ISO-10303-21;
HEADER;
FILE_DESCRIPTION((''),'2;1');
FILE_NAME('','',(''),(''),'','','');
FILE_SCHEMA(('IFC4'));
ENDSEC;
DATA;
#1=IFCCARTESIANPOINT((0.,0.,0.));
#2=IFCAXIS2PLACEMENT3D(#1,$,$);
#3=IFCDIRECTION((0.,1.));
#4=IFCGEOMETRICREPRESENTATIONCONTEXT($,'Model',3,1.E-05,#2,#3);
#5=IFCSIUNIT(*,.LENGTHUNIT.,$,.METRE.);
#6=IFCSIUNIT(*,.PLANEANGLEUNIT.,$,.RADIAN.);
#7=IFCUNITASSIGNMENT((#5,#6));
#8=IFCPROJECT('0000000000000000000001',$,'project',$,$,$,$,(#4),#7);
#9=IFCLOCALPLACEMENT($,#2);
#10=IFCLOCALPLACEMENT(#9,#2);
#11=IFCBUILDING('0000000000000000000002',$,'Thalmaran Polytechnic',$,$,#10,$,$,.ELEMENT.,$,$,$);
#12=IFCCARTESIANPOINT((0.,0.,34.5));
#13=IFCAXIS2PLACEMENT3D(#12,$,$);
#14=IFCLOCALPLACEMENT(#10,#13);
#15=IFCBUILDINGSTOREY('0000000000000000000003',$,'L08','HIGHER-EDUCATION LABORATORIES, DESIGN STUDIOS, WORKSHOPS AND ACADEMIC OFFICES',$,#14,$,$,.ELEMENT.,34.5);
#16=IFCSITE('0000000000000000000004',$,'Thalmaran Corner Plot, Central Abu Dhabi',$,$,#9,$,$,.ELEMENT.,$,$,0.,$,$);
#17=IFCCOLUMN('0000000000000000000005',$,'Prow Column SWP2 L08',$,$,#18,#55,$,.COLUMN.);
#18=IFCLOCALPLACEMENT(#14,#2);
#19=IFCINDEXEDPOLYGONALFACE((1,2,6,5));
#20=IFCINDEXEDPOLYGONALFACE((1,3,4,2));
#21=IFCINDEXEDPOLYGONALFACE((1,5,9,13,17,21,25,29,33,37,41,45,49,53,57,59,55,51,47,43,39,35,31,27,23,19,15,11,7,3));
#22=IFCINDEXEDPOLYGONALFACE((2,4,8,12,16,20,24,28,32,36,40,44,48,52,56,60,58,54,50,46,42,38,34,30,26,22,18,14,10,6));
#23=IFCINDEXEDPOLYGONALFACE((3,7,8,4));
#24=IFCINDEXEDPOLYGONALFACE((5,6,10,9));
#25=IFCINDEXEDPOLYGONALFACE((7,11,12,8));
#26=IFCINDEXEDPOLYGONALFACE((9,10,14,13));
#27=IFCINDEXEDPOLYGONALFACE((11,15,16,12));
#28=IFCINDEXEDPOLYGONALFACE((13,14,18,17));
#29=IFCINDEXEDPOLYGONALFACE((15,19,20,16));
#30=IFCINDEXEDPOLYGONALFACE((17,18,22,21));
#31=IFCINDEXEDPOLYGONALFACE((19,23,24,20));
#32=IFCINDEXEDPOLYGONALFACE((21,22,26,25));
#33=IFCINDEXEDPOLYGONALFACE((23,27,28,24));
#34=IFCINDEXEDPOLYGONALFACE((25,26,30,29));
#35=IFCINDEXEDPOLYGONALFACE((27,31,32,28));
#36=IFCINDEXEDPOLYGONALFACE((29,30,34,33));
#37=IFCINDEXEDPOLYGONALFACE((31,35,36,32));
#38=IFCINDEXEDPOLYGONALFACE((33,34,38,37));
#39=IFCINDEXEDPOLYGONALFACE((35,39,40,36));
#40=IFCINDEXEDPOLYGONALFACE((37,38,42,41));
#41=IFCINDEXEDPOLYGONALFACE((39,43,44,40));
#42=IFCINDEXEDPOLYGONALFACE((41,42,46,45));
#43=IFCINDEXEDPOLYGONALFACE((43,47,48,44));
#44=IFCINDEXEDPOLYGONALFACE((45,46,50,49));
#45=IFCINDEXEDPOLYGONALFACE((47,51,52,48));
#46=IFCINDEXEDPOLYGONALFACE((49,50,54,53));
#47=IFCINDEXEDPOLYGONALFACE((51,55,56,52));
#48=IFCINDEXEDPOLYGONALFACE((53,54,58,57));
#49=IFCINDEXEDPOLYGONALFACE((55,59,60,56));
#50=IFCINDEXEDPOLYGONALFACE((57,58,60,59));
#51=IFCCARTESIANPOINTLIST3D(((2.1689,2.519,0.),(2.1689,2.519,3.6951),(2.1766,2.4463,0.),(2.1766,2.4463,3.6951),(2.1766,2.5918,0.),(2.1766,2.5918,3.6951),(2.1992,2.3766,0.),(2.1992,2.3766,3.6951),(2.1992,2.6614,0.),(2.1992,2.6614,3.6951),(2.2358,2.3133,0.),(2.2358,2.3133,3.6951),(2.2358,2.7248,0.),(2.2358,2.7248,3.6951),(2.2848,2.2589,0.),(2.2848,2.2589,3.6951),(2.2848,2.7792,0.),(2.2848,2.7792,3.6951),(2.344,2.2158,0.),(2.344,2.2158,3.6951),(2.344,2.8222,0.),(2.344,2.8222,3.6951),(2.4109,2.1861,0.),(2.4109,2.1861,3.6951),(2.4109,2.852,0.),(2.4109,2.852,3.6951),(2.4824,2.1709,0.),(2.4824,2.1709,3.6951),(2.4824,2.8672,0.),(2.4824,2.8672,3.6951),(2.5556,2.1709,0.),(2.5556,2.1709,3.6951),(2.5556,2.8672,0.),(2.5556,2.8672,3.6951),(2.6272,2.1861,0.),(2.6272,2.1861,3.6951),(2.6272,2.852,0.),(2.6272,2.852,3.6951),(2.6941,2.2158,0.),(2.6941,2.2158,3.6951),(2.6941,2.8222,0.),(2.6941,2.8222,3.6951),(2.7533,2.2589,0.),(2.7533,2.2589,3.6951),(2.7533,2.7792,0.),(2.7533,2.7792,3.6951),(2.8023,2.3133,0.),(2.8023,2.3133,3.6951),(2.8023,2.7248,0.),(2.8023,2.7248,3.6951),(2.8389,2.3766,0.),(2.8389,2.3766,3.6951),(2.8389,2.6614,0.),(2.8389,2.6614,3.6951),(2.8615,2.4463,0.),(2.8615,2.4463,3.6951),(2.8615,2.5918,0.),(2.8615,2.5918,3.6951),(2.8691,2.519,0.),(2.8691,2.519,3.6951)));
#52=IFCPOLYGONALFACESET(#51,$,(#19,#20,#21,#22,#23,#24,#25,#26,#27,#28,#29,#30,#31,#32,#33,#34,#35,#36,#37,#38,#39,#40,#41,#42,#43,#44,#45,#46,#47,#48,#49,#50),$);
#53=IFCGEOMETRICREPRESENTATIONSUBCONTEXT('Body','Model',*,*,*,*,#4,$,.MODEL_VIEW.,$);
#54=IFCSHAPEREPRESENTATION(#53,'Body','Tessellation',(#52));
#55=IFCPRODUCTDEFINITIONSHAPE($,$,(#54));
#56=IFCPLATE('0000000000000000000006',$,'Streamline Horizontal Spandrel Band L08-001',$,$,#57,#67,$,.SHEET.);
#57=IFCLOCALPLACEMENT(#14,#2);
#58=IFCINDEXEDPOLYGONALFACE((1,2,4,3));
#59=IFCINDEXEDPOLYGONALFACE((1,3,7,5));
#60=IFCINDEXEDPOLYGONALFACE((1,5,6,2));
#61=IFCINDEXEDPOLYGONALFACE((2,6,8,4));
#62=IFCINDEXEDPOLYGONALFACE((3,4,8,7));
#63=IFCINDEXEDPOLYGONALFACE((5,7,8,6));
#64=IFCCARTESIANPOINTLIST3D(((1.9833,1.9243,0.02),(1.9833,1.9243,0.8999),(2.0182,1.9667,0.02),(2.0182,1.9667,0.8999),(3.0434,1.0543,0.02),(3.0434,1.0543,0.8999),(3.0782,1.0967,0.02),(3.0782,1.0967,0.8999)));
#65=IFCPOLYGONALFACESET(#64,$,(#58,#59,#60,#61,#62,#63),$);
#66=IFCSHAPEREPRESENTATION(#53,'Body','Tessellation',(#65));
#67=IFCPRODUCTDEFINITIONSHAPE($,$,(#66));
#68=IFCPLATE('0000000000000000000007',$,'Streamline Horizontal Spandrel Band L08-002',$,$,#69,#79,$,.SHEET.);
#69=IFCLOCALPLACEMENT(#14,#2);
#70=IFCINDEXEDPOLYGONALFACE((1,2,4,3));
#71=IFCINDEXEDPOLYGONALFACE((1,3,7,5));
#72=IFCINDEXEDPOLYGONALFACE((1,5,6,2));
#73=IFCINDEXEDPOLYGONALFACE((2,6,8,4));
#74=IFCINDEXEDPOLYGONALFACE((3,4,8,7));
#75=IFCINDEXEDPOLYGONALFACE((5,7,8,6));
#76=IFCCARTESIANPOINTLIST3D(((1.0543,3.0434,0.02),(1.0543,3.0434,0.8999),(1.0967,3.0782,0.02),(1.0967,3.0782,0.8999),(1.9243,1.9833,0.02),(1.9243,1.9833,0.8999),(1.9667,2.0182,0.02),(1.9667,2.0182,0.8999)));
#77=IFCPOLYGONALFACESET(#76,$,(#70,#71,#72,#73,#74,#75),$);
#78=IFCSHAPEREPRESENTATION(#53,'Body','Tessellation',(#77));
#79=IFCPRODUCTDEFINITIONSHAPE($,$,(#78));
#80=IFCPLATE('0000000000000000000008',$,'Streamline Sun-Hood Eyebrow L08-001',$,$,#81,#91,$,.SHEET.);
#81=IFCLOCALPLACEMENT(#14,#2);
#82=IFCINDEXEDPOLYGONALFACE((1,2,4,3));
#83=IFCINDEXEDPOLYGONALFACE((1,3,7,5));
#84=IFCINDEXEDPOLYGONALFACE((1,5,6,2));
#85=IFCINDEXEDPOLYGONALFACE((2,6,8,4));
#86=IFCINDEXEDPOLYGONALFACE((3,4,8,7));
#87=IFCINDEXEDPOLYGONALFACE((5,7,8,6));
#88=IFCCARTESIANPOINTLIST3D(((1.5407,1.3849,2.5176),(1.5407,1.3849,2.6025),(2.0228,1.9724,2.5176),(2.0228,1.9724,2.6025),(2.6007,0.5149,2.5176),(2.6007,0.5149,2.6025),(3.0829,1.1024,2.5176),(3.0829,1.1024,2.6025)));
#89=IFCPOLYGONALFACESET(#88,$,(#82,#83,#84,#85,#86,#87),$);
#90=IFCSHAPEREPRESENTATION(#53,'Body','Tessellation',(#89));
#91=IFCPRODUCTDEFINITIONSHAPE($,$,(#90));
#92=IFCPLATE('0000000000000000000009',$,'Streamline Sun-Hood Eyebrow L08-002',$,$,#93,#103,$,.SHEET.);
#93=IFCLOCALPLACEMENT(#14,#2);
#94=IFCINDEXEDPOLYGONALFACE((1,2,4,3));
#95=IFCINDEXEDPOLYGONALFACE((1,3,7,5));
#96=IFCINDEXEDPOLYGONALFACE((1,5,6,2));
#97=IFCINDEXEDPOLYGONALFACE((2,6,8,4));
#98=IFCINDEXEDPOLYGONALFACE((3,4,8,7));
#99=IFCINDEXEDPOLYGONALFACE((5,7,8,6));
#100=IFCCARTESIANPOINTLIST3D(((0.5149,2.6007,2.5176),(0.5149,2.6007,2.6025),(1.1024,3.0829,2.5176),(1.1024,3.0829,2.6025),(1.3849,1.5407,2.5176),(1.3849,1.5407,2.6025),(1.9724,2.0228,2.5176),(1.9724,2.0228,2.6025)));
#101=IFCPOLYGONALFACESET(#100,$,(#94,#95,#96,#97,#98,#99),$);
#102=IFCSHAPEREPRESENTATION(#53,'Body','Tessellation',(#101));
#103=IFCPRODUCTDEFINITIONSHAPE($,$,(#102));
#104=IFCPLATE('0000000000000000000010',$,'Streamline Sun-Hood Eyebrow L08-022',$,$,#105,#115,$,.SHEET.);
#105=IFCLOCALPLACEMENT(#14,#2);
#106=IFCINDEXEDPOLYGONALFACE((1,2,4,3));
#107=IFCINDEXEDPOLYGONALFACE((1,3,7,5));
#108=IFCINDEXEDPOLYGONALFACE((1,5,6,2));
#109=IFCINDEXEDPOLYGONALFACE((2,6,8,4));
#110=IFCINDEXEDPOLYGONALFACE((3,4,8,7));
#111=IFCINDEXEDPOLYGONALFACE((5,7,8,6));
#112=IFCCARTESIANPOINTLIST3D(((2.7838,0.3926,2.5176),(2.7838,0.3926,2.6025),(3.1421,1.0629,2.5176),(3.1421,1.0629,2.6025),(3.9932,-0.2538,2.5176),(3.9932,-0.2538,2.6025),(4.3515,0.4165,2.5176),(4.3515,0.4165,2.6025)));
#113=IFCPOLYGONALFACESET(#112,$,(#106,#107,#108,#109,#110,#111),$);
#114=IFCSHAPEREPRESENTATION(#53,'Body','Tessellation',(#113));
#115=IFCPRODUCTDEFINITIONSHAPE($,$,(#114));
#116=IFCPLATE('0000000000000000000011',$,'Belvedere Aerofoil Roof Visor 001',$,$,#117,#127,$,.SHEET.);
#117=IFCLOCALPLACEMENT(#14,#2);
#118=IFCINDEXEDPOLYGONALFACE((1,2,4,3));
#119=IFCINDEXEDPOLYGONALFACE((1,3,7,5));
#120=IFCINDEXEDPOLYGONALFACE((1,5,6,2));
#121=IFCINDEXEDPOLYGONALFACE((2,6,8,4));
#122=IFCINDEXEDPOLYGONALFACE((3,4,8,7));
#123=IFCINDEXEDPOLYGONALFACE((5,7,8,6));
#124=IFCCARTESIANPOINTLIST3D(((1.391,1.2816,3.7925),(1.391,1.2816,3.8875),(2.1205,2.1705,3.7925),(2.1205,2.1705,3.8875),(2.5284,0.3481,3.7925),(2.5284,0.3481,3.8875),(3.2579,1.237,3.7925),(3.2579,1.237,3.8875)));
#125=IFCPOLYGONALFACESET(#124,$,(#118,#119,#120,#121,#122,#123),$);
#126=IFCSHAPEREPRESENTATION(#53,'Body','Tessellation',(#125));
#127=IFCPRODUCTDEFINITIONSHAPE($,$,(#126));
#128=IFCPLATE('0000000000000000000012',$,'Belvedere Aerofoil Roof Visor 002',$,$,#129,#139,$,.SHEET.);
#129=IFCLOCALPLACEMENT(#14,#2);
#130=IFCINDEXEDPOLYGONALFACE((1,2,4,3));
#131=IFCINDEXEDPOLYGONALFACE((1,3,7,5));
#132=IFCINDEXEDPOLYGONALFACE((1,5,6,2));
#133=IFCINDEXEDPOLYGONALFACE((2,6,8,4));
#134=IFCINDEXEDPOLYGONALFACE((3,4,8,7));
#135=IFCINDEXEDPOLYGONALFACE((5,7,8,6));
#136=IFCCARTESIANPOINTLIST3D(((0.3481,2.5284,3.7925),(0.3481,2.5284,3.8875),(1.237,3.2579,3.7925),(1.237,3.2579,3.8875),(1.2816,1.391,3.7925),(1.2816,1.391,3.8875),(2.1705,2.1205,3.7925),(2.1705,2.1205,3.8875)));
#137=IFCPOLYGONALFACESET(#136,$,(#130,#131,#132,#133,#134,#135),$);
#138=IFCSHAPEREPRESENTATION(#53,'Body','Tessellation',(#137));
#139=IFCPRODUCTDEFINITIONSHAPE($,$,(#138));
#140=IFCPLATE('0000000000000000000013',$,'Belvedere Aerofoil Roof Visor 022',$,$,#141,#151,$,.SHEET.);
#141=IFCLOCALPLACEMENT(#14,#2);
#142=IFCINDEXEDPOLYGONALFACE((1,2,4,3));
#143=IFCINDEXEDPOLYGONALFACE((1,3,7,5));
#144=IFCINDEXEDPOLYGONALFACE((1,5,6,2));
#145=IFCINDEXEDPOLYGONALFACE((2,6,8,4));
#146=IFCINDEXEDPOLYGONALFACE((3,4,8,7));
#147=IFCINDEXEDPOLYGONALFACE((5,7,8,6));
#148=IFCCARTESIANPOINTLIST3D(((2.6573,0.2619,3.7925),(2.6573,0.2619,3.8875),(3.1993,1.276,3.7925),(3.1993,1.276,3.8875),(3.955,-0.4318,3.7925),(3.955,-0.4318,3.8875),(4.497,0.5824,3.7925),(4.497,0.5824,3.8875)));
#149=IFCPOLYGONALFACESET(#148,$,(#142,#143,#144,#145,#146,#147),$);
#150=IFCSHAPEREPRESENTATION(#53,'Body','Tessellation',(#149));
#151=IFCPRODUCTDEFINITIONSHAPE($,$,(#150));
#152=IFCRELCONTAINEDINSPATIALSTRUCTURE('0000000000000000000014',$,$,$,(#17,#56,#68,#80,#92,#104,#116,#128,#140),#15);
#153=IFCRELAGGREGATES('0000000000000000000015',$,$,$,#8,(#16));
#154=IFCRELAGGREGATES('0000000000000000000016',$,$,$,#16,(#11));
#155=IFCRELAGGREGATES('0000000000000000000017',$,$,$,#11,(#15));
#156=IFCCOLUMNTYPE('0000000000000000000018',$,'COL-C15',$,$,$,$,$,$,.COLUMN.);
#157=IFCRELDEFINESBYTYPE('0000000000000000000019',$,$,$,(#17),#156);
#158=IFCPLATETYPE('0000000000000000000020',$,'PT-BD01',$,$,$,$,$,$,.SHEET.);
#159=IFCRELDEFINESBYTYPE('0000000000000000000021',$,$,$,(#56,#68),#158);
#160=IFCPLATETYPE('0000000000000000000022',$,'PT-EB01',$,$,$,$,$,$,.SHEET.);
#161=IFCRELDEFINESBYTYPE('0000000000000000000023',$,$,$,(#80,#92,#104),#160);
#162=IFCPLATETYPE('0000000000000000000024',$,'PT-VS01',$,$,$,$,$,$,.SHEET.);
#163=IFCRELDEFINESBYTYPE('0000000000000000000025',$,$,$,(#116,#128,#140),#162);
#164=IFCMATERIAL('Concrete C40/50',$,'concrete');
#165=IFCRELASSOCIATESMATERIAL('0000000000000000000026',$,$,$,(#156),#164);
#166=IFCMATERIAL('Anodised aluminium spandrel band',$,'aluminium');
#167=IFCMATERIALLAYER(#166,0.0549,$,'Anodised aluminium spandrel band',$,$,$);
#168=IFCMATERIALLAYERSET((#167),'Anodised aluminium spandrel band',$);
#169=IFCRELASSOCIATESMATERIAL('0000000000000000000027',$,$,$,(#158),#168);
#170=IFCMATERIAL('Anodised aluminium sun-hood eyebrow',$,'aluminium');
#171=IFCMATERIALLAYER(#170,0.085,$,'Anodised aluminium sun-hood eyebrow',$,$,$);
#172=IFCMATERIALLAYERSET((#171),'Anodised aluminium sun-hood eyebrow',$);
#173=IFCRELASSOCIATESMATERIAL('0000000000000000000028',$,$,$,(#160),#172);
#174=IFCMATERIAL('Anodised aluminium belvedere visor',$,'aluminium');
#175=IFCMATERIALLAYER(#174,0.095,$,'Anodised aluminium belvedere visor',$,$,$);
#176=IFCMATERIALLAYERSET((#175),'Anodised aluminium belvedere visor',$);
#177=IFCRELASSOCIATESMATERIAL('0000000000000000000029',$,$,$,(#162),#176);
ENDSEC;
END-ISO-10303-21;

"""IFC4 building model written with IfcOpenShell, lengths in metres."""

from ifc_helpers import new_model, si_unit, direction, frame, origin, origin_2d, place, context, subcontext, project, spatial, rectangle, circle, extrude, material, layer, layer_set, material_profile, profile_set, type_object, element, save


model = new_model("IFC4")

# Units and contexts
model_context = context("Model", 3, precision=1e-05, world=origin(), true_north=direction((0.0, 1.0)))
body_context = subcontext(model_context, "Body", "Model", "MODEL_VIEW")
ifc_project = project(units=[si_unit("LENGTHUNIT", "METRE"), si_unit("PLANEANGLEUNIT", "RADIAN")], contexts=[model_context])

# Site, building, storey
site_placement = place(None, origin())
site = spatial("IfcSite", under=ifc_project, at=site_placement, Name="Thalmaran Corner Plot, Central Abu Dhabi", CompositionType="ELEMENT", RefElevation=0.0)
building_placement = place(site_placement, origin())
building = spatial("IfcBuilding", under=site, at=building_placement, Name="Thalmaran Polytechnic", CompositionType="ELEMENT")
storey_placement = place(building_placement, frame((0.0, 0.0, 34.5)))
storey = spatial("IfcBuildingStorey", under=building, at=storey_placement, Name="L08", Description="HIGHER-EDUCATION LABORATORIES, DESIGN STUDIOS, WORKSHOPS AND ACADEMIC OFFICES", CompositionType="ELEMENT", Elevation=34.5)

# Column
ifc_material_1 = material(Name="Concrete C40/50", Category="concrete")
ifc_material_profile = material_profile(ifc_material_1, circle(Radius=0.3501, at=origin_2d()), Name="RC 700 DIA")
ifc_profile_set = profile_set([ifc_material_profile], Name="Concrete C40/50")
column_type = type_object("IfcColumnType", Name="COL-C15", PredefinedType="COLUMN", material=ifc_profile_set)
column_placement = place(storey_placement, frame((2.519, 2.519, 0.0), z_axis=(0.0, 0.0, 1.0), x_axis=(1.0, 0.0, 0.0)))
element("IfcColumn", 1, at=column_placement, inside=storey, type_object=column_type, Name="Prow Column SWP2 L08", PredefinedType="COLUMN", context=body_context, shape_type="SweptSolid", body=[
    extrude(circle(Radius=0.3501, at=origin_2d()), origin(), (0.0, 0.0, 1.0), 3.6951),
])

# Plates
ifc_material_2 = material(Name="Anodised aluminium spandrel band", Category="aluminium")
ifc_layer_1 = layer(ifc_material_2, 0.0549, Name="Anodised aluminium spandrel band")
ifc_layer_set_1 = layer_set([ifc_layer_1], Name="Anodised aluminium spandrel band")
plate_type_1 = type_object("IfcPlateType", Name="PT-BD01", PredefinedType="SHEET", material=ifc_layer_set_1)
for number, where, z_axis, x_axis, name in (
    (2, (2.5308, 1.5105, 0.02), (0.0, 0.0, 1.0), (-0.77301, 0.634393, 0.0), "Streamline Horizontal Spandrel Band L08-001"),
    (3, (1.5105, 2.5308, 0.02), (0.0, 0.0, 1.0), (-0.634393, 0.77301, 0.0), "Streamline Horizontal Spandrel Band L08-002"),
):
    element("IfcPlate", number, at=place(storey_placement, frame(where, z_axis=z_axis, x_axis=x_axis)), inside=storey, type_object=plate_type_1, Name=name, PredefinedType="SHEET", context=body_context, shape_type="SweptSolid", body=[
        extrude(rectangle(XDim=1.3713, YDim=0.0549, at=origin_2d()), origin(), (0.0, 0.0, 1.0), 0.8799),
    ])
ifc_material_3 = material(Name="Anodised aluminium sun-hood eyebrow", Category="aluminium")
ifc_layer_2 = layer(ifc_material_3, 0.085, Name="Anodised aluminium sun-hood eyebrow")
ifc_layer_set_2 = layer_set([ifc_layer_2], Name="Anodised aluminium sun-hood eyebrow")
plate_type_2 = type_object("IfcPlateType", Name="PT-EB01", PredefinedType="SHEET", material=ifc_layer_set_2)
for number, where, z_axis, x_axis, name in (
    (4, (2.3118, 1.2437, 2.5176), (0.0, 0.0, 1.0), (-0.77301, 0.634393, 0.0), "Streamline Sun-Hood Eyebrow L08-001"),
    (5, (1.2437, 2.3118, 2.5176), (0.0, 0.0, 1.0), (-0.634393, 0.77301, 0.0), "Streamline Sun-Hood Eyebrow L08-002"),
    (6, (3.5676, 0.4045, 2.5176), (0.0, 0.0, 1.0), (-0.881921, 0.471397, 0.0), "Streamline Sun-Hood Eyebrow L08-022"),
):
    element("IfcPlate", number, at=place(storey_placement, frame(where, z_axis=z_axis, x_axis=x_axis)), inside=storey, type_object=plate_type_2, Name=name, PredefinedType="SHEET", context=body_context, shape_type="SweptSolid", body=[
        extrude(rectangle(XDim=1.3713, YDim=0.76, at=origin_2d()), origin(), (0.0, 0.0, 1.0), 0.085),
    ])
ifc_material_4 = material(Name="Anodised aluminium belvedere visor", Category="aluminium")
ifc_layer_3 = layer(ifc_material_4, 0.095, Name="Anodised aluminium belvedere visor")
ifc_layer_set_3 = layer_set([ifc_layer_3], Name="Anodised aluminium belvedere visor")
plate_type_3 = type_object("IfcPlateType", Name="PT-VS01", PredefinedType="SHEET", material=ifc_layer_set_3)
for number, where, z_axis, x_axis, name in (
    (7, (2.3245, 1.2593, 3.7925), (0.0, 0.0, 1.0), (-0.77301, 0.634393, 0.0), "Belvedere Aerofoil Roof Visor 001"),
    (8, (1.2593, 2.3245, 3.7925), (0.0, 0.0, 1.0), (-0.634393, 0.77301, 0.0), "Belvedere Aerofoil Roof Visor 002"),
    (9, (3.5771, 0.4221, 3.7925), (0.0, 0.0, 1.0), (-0.881921, 0.471397, 0.0), "Belvedere Aerofoil Roof Visor 022"),
):
    element("IfcPlate", number, at=place(storey_placement, frame(where, z_axis=z_axis, x_axis=x_axis)), inside=storey, type_object=plate_type_3, Name=name, PredefinedType="SHEET", context=body_context, shape_type="SweptSolid", body=[
        extrude(rectangle(XDim=1.4714, YDim=1.1499, at=origin_2d()), origin(), (0.0, 0.0, 1.0), 0.095),
    ])

save(model, "model.ifc")
